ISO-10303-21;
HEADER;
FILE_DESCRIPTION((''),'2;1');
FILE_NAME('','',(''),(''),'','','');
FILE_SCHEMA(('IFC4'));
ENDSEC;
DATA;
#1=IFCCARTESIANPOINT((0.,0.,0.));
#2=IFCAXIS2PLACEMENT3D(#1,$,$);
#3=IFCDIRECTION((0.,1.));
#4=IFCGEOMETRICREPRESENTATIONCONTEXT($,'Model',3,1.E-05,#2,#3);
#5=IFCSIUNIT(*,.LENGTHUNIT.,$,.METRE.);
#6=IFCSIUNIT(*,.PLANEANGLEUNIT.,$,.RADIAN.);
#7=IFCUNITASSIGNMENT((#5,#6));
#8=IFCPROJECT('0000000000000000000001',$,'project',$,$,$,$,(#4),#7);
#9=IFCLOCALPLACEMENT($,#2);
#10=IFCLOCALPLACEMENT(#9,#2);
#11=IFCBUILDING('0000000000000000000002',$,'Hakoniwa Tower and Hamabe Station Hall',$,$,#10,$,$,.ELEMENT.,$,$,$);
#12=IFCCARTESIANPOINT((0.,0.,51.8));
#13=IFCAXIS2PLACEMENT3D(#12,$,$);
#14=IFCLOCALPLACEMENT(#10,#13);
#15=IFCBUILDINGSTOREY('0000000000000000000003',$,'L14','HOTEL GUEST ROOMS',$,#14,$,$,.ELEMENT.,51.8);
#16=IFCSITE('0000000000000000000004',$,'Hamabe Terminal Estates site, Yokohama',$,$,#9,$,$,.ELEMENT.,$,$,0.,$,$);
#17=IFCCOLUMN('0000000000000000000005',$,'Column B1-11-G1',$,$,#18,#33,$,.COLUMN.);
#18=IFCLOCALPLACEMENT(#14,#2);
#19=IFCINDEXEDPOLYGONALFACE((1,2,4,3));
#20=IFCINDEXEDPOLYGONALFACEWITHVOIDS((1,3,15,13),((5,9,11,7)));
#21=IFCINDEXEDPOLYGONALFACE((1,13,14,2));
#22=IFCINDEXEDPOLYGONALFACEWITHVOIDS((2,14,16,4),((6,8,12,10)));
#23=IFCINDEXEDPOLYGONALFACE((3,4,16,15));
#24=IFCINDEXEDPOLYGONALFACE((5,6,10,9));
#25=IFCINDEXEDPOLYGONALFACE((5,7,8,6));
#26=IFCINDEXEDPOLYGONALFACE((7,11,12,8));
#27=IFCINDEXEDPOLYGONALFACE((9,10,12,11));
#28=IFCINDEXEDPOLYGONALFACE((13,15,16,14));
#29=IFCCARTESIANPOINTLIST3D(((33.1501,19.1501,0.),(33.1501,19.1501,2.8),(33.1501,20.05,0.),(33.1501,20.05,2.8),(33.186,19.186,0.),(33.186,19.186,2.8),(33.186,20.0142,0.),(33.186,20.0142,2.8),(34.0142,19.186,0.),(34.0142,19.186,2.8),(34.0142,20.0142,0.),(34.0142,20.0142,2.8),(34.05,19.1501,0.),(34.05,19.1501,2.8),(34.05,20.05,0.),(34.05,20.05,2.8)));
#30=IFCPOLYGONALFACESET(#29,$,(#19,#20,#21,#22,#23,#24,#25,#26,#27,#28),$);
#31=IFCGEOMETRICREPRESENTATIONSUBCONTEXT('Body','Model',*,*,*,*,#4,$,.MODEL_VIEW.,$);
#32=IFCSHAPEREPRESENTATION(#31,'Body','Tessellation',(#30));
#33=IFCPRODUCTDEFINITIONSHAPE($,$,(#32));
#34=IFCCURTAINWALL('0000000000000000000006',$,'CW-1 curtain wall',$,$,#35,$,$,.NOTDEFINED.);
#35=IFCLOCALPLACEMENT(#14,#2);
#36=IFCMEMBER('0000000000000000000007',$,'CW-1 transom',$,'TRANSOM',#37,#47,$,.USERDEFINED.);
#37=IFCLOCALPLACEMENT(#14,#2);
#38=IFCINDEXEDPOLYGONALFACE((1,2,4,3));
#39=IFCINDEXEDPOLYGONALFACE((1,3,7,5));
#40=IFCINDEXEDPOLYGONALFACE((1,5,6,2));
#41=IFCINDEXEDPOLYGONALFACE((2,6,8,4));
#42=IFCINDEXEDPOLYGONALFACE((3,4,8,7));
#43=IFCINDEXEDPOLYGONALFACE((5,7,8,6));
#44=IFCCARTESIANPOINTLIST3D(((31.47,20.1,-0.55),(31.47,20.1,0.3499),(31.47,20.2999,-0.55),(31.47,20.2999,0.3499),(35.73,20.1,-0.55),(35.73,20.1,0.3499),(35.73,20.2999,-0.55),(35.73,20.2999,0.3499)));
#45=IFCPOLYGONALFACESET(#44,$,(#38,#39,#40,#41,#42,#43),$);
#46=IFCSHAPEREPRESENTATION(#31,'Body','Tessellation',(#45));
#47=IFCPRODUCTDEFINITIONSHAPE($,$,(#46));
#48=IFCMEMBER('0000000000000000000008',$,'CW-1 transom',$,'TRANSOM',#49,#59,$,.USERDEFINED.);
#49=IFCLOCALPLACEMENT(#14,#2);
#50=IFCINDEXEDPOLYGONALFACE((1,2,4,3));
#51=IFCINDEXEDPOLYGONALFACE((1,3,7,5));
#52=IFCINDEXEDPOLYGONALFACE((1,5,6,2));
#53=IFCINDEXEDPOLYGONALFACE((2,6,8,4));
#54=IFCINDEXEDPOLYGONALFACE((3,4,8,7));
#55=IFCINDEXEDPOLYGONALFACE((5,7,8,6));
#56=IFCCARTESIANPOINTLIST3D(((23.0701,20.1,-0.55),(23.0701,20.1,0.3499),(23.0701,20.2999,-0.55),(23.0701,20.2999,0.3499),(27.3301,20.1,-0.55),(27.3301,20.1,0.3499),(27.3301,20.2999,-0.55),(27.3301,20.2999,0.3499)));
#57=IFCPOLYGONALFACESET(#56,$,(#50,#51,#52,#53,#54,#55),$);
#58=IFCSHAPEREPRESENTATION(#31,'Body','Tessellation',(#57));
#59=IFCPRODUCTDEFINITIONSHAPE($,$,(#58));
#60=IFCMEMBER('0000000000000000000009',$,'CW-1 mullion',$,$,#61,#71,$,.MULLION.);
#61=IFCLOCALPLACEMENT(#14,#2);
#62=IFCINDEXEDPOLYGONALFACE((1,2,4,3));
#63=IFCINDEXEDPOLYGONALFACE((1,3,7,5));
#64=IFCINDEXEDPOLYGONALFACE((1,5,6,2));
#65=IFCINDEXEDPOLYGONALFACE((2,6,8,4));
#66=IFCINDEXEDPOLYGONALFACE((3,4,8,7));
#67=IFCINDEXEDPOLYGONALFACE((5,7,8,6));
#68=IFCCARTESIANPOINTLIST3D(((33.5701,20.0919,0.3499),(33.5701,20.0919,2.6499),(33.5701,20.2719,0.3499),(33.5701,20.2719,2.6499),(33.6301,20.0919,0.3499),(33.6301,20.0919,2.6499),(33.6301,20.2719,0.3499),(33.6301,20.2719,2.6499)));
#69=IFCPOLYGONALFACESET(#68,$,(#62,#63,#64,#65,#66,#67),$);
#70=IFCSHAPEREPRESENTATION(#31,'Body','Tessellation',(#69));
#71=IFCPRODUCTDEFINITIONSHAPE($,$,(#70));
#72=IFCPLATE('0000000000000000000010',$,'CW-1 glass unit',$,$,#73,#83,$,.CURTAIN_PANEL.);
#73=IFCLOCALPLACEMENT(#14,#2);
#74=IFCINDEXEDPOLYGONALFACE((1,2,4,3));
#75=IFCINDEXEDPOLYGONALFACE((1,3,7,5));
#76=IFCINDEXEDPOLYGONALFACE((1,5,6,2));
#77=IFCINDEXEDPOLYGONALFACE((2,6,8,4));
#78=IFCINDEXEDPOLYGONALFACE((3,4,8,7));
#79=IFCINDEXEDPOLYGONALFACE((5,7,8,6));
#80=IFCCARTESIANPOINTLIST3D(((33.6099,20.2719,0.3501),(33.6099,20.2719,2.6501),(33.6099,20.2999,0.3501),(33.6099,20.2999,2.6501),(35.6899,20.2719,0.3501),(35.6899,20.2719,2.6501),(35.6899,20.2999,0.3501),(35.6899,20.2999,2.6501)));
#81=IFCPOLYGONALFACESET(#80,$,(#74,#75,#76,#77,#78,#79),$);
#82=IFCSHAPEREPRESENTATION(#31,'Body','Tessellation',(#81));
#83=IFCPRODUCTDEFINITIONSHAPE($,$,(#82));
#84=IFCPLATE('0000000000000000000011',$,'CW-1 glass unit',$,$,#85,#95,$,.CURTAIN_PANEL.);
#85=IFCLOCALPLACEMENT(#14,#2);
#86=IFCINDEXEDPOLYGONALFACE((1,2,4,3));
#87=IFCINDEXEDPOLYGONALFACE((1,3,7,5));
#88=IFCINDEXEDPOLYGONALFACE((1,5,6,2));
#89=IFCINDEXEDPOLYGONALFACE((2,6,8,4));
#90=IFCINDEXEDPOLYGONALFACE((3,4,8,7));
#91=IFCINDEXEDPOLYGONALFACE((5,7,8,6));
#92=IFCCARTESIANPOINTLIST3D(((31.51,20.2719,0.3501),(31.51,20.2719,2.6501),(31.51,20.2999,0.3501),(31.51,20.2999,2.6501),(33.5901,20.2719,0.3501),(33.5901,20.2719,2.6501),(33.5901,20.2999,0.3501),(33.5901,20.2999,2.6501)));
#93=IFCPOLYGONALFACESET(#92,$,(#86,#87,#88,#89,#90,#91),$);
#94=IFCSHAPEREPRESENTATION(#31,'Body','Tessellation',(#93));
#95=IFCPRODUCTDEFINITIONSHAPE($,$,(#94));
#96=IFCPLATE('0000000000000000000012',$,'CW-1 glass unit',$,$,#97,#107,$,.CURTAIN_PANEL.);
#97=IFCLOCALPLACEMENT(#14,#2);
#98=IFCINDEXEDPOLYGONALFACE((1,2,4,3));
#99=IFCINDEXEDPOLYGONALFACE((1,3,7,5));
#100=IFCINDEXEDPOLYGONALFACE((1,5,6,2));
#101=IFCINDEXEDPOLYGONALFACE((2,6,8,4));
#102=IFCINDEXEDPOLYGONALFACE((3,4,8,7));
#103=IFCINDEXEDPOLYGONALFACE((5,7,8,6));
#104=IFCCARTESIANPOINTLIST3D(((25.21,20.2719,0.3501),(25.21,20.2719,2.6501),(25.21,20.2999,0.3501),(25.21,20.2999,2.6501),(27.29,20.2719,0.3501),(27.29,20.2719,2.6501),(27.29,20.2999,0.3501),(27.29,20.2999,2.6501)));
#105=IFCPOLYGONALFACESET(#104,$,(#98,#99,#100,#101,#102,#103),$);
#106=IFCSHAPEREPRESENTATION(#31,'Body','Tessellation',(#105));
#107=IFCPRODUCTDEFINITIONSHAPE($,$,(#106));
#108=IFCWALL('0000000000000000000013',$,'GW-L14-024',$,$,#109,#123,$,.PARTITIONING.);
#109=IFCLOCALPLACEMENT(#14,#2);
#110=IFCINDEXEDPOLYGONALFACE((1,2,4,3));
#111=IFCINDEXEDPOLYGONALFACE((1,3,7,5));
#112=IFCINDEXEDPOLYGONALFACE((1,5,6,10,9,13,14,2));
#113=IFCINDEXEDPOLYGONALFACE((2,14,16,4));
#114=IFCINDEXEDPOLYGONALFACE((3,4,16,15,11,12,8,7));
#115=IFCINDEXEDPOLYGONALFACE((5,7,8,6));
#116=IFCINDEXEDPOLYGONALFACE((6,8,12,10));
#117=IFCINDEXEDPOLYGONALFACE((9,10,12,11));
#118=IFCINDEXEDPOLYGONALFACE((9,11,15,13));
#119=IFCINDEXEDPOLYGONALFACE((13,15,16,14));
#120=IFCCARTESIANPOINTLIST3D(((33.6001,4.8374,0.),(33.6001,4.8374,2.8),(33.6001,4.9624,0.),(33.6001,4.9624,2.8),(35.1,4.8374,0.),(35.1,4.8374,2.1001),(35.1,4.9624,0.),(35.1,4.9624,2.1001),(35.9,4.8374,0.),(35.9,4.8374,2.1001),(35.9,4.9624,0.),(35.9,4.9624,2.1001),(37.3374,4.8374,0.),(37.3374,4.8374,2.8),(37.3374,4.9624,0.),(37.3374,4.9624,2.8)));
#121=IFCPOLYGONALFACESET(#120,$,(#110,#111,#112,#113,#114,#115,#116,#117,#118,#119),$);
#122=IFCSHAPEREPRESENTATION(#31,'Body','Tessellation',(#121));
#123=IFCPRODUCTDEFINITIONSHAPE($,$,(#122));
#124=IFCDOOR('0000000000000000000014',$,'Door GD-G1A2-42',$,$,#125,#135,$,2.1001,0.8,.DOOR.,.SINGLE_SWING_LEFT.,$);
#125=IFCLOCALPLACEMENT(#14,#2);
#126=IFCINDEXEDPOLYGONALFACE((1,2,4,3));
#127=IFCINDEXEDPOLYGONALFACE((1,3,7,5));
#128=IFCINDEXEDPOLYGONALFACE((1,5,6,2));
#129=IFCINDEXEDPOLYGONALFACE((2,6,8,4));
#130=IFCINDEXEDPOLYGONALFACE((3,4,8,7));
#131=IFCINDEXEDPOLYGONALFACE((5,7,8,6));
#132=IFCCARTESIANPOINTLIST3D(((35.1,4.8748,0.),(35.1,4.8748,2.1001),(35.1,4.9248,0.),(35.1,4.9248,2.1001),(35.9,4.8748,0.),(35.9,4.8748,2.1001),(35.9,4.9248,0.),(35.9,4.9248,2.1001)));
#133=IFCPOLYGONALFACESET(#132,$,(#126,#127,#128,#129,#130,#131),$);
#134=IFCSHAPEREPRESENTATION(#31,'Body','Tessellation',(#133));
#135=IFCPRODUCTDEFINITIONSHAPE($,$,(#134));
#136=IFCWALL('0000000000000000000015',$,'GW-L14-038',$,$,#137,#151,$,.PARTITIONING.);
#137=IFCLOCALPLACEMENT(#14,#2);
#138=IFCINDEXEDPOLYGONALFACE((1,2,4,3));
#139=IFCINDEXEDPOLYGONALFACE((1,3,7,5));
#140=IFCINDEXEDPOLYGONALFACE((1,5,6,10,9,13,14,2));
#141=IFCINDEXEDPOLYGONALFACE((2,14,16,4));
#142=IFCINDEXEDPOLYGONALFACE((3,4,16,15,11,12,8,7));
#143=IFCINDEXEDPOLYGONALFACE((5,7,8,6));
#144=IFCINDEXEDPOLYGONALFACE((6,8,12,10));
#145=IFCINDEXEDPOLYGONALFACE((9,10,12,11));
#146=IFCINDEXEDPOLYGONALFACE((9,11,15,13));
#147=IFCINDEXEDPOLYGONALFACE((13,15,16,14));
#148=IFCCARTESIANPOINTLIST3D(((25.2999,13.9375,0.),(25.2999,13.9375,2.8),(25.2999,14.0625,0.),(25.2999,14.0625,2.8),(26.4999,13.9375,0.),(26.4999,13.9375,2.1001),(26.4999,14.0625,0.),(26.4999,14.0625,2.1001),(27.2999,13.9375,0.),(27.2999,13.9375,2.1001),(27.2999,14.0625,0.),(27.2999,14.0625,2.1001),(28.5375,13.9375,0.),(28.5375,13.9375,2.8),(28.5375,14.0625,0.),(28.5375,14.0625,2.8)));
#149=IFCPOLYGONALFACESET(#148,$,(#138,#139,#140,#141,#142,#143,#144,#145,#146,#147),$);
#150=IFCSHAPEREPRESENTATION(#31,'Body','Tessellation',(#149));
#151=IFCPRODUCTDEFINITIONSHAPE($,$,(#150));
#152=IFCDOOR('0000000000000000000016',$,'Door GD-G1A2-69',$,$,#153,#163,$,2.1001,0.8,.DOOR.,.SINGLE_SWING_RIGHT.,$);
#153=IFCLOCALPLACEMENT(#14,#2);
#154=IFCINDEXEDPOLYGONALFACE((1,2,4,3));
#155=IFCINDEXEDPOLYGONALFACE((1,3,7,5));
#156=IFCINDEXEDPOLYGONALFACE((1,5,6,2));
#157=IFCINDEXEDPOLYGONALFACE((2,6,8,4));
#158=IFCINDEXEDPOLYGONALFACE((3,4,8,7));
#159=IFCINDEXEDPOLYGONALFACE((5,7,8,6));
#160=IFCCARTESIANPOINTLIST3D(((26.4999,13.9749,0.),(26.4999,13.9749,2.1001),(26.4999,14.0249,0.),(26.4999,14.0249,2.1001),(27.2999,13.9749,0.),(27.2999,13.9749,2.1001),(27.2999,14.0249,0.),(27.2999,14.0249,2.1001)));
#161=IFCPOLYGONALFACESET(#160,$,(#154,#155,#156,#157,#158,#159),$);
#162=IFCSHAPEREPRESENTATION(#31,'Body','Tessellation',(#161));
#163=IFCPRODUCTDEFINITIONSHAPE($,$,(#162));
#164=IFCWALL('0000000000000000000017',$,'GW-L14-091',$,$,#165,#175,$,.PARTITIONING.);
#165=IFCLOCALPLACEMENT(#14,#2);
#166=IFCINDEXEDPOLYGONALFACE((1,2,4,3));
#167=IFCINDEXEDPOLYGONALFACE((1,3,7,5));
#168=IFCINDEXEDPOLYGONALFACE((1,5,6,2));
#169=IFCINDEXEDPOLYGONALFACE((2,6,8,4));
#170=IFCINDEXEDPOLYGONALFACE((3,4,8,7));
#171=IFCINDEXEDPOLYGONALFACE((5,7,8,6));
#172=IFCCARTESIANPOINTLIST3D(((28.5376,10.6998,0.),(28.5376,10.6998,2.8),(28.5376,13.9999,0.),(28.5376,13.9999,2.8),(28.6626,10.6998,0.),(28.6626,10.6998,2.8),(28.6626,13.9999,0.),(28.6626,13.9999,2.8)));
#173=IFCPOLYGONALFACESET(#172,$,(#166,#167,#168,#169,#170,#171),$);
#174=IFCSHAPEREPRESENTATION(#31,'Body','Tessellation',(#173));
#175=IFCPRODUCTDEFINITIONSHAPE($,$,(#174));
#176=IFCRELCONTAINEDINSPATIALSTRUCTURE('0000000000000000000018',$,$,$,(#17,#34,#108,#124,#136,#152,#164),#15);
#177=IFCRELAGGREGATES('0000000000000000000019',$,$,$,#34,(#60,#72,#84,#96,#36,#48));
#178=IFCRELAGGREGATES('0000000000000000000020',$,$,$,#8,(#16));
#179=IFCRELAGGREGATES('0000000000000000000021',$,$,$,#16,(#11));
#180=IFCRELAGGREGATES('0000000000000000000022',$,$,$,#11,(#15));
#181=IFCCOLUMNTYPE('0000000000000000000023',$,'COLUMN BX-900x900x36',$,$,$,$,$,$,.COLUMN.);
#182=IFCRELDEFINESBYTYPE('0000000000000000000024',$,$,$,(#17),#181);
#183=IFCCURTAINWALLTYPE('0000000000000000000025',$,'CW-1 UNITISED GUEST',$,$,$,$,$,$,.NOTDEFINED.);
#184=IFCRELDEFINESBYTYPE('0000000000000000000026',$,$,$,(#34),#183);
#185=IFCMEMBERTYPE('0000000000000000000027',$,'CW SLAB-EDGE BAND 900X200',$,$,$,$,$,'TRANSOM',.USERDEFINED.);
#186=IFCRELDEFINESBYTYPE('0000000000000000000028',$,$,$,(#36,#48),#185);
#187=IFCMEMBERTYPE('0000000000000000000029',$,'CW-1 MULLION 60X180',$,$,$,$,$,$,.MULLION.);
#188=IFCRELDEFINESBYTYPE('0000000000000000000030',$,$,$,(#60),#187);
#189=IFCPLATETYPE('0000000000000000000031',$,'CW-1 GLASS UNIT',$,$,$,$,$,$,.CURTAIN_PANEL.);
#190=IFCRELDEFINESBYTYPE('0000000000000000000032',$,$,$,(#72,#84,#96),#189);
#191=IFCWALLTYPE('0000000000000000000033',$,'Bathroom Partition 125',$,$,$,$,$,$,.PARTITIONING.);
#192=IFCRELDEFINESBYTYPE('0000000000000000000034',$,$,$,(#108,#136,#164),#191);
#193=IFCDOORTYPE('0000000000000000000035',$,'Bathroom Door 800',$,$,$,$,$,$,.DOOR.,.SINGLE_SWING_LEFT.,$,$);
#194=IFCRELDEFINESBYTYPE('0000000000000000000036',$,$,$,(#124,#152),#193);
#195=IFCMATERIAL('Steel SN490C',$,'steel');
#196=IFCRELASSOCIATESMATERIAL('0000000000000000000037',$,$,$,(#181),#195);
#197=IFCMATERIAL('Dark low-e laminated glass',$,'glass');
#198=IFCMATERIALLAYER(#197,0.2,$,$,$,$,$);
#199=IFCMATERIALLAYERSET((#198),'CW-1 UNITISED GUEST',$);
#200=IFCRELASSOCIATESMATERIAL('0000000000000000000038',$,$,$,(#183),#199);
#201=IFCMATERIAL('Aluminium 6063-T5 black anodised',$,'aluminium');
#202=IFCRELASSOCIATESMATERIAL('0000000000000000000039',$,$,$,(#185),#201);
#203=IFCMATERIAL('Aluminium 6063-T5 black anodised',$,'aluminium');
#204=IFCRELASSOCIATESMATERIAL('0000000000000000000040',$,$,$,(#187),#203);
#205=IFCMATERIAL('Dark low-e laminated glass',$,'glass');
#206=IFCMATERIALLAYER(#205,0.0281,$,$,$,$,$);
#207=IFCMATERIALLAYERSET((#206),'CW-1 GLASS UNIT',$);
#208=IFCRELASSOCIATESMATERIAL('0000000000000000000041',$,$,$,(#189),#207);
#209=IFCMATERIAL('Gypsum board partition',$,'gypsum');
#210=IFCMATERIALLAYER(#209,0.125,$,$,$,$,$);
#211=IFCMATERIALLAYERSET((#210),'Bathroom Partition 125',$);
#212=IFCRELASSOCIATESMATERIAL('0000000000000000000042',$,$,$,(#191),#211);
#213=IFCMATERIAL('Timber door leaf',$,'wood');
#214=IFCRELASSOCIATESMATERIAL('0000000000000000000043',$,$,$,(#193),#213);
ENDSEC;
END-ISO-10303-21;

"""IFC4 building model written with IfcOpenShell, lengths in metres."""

from ifc_helpers import new_model, si_unit, direction, frame, frame_2d, origin, origin_2d, place, context, subcontext, project, spatial, rectangle, hollow_rectangle, extrude, material, layer, layer_set, material_profile, profile_set, type_object, element, fill, aggregate, save


model = new_model("IFC4")

# Units and contexts
model_context = context("Model", 3, precision=1e-05, world=origin(), true_north=direction((0.0, 1.0)))
body_context = subcontext(model_context, "Body", "Model", "MODEL_VIEW")
ifc_project = project(units=[si_unit("LENGTHUNIT", "METRE"), si_unit("PLANEANGLEUNIT", "RADIAN")], contexts=[model_context])

# Site, building, storey
site_placement = place(None, origin())
site = spatial("IfcSite", under=ifc_project, at=site_placement, Name="Hamabe Terminal Estates site, Yokohama", CompositionType="ELEMENT", RefElevation=0.0)
building_placement = place(site_placement, origin())
building = spatial("IfcBuilding", under=site, at=building_placement, Name="Hakoniwa Tower and Hamabe Station Hall", CompositionType="ELEMENT")
storey_placement = place(building_placement, frame((0.0, 0.0, 51.8)))
storey = spatial("IfcBuildingStorey", under=building, at=storey_placement, Name="L14", Description="HOTEL GUEST ROOMS", CompositionType="ELEMENT", Elevation=51.8)

# Column
ifc_material_1 = material(Name="Steel SN490C", Category="steel")
ifc_material_profile_1 = material_profile(ifc_material_1, hollow_rectangle(XDim=0.8999, YDim=0.8999, WallThickness=0.0359, at=origin_2d()), Name="BX-900x900x36")
ifc_profile_set_1 = profile_set([ifc_material_profile_1], Name="Steel SN490C")
column_type = type_object("IfcColumnType", Name="COLUMN BX-900x900x36", PredefinedType="COLUMN", material=ifc_profile_set_1)
column_placement = place(storey_placement, frame((33.6001, 19.6001, 0.0), z_axis=(0.0, 0.0, 1.0), x_axis=(1.0, 0.0, 0.0)))
element("IfcColumn", 1, at=column_placement, inside=storey, type_object=column_type, Name="Column B1-11-G1", PredefinedType="COLUMN", context=body_context, shape_type="SweptSolid", body=[
    extrude(hollow_rectangle(XDim=0.8999, YDim=0.8999, WallThickness=0.0359, at=origin_2d()), origin(), (0.0, 0.0, 1.0), 2.8),
])

# Curtain wall, members, plates
ifc_material_2 = material(Name="Dark low-e laminated glass", Category="glass")
ifc_layer_1 = layer(ifc_material_2, 0.2)
ifc_layer_set_1 = layer_set([ifc_layer_1], Name="CW-1 UNITISED GUEST")
curtain_wall_type = type_object("IfcCurtainWallType", Name="CW-1 UNITISED GUEST", PredefinedType="NOTDEFINED", material=ifc_layer_set_1)
curtain_wall_placement = place(storey_placement, origin())
curtain_wall = element("IfcCurtainWall", 2, at=curtain_wall_placement, inside=storey, type_object=curtain_wall_type, Name="CW-1 curtain wall", PredefinedType="NOTDEFINED")
ifc_material_3 = material(Name="Aluminium 6063-T5 black anodised", Category="aluminium")
ifc_material_profile_2 = material_profile(ifc_material_3, rectangle(XDim=0.2, YDim=0.8999, at=origin_2d()), Name="CW SLAB-EDGE BAND 900X200")
ifc_profile_set_2 = profile_set([ifc_material_profile_2], Name="Aluminium 6063-T5 black anodised")
member_type_1 = type_object("IfcMemberType", Name="CW SLAB-EDGE BAND 900X200", ElementType="TRANSOM", PredefinedType="USERDEFINED", material=ifc_profile_set_2)
member_1_placement = place(storey_placement, frame((35.73, 20.2, -0.1001), z_axis=(-1.0, 0.0, 0.0), x_axis=(0.0, -1.0, 0.0)))
member_1 = element("IfcMember", 3, at=member_1_placement, type_object=member_type_1, Name="CW-1 transom", ObjectType="TRANSOM", PredefinedType="USERDEFINED", context=body_context, shape_type="SweptSolid", body=[
    extrude(rectangle(XDim=0.2, YDim=0.8999, at=origin_2d()), origin(), (0.0, 0.0, 1.0), 4.26),
])
member_2_placement = place(storey_placement, frame((27.3301, 20.2, -0.1001), z_axis=(-1.0, 0.0, 0.0), x_axis=(0.0, -1.0, 0.0)))
member_2 = element("IfcMember", 4, at=member_2_placement, type_object=member_type_1, Name="CW-1 transom", ObjectType="TRANSOM", PredefinedType="USERDEFINED", context=body_context, shape_type="SweptSolid", body=[
    extrude(rectangle(XDim=0.2, YDim=0.8999, at=origin_2d()), origin(), (0.0, 0.0, 1.0), 4.26),
])
ifc_material_4 = material(Name="Aluminium 6063-T5 black anodised", Category="aluminium")
ifc_material_profile_3 = material_profile(ifc_material_4, rectangle(XDim=0.0601, YDim=0.1799, at=origin_2d()), Name="CW-1 MULLION 60X180")
ifc_profile_set_3 = profile_set([ifc_material_profile_3], Name="Aluminium 6063-T5 black anodised")
member_type_2 = type_object("IfcMemberType", Name="CW-1 MULLION 60X180", PredefinedType="MULLION", material=ifc_profile_set_3)
member_3_placement = place(storey_placement, frame((33.6001, 20.1819, 0.3499), z_axis=(0.0, 0.0, 1.0), x_axis=(-1.0, 0.0, 0.0)))
member_3 = element("IfcMember", 5, at=member_3_placement, type_object=member_type_2, Name="CW-1 mullion", PredefinedType="MULLION", context=body_context, shape_type="SweptSolid", body=[
    extrude(rectangle(XDim=0.0601, YDim=0.1799, at=origin_2d()), origin(), (0.0, 0.0, 1.0), 2.3),
])
ifc_material_5 = material(Name="Dark low-e laminated glass", Category="glass")
ifc_layer_2 = layer(ifc_material_5, 0.0281)
ifc_layer_set_2 = layer_set([ifc_layer_2], Name="CW-1 GLASS UNIT")
plate_type = type_object("IfcPlateType", Name="CW-1 GLASS UNIT", PredefinedType="CURTAIN_PANEL", material=ifc_layer_set_2)
plate_1_placement = place(storey_placement, frame((34.6499, 20.2859, 0.3501), z_axis=(0.0, 0.0, 1.0), x_axis=(-1.0, 0.0, 0.0)))
plate_1 = element("IfcPlate", 6, at=plate_1_placement, type_object=plate_type, Name="CW-1 glass unit", PredefinedType="CURTAIN_PANEL", context=body_context, shape_type="SweptSolid", body=[
    extrude(rectangle(XDim=2.0801, YDim=0.0281, at=origin_2d()), origin(), (0.0, 0.0, 1.0), 2.3),
])
plate_2_placement = place(storey_placement, frame((32.55, 20.2859, 0.3501), z_axis=(0.0, 0.0, 1.0), x_axis=(-1.0, 0.0, 0.0)))
plate_2 = element("IfcPlate", 7, at=plate_2_placement, type_object=plate_type, Name="CW-1 glass unit", PredefinedType="CURTAIN_PANEL", context=body_context, shape_type="SweptSolid", body=[
    extrude(rectangle(XDim=2.0801, YDim=0.0281, at=origin_2d()), origin(), (0.0, 0.0, 1.0), 2.3),
])
plate_3_placement = place(storey_placement, frame((26.25, 20.2859, 0.3501), z_axis=(0.0, 0.0, 1.0), x_axis=(-1.0, 0.0, 0.0)))
plate_3 = element("IfcPlate", 8, at=plate_3_placement, type_object=plate_type, Name="CW-1 glass unit", PredefinedType="CURTAIN_PANEL", context=body_context, shape_type="SweptSolid", body=[
    extrude(rectangle(XDim=2.0801, YDim=0.0281, at=origin_2d()), origin(), (0.0, 0.0, 1.0), 2.3),
])

# Walls, openings, doors
ifc_material_6 = material(Name="Gypsum board partition", Category="gypsum")
ifc_layer_3 = layer(ifc_material_6, 0.125)
ifc_layer_set_3 = layer_set([ifc_layer_3], Name="Bathroom Partition 125")
wall_type_1 = type_object("IfcWallType", Name="Bathroom Partition 125", PredefinedType="PARTITIONING", material=ifc_layer_set_3)
wall_1_placement = place(storey_placement, frame((33.6001, 4.8999, 0.0), z_axis=(0.0, 0.0, 1.0), x_axis=(1.0, 0.0, 0.0)))
wall_1 = element("IfcWall", 9, at=wall_1_placement, inside=storey, type_object=wall_type_1, Name="GW-L14-024", PredefinedType="PARTITIONING", context=body_context, shape_type="SweptSolid", body=[
    extrude(rectangle(XDim=3.7373, YDim=0.125, at=frame_2d((1.8687, 0.0))), origin(), (0.0, 0.0, 1.0), 2.8),
])
opening_1_placement = place(wall_1_placement, frame((1.5, 0.0, 0.0)))
opening_1 = element("IfcOpeningElement", 10, at=opening_1_placement, cuts=wall_1, PredefinedType="OPENING", context=body_context, shape_type="SweptSolid", body=[
    extrude(rectangle(XDim=0.8, YDim=2.1001, at=frame_2d((0.3999, 1.05))), frame((0.0, 0.0725, 0.0), z_axis=(0.0, -1.0, 0.0), x_axis=(1.0, 0.0, 0.0)), (0.0, 0.0, 1.0), 0.145),
])
ifc_material_7 = material(Name="Timber door leaf", Category="wood")
door_type_1 = type_object("IfcDoorType", Name="Bathroom Door 800", OperationType="SINGLE_SWING_LEFT", PredefinedType="DOOR", material=ifc_material_7)
door_1_placement = place(opening_1_placement, origin())
door_1 = element("IfcDoor", 11, at=door_1_placement, inside=storey, type_object=door_type_1, Name="Door GD-G1A2-42", OperationType="SINGLE_SWING_LEFT", OverallHeight=2.1001, OverallWidth=0.8, PredefinedType="DOOR", context=body_context, shape_type="SweptSolid", body=[
    extrude(rectangle(XDim=0.8, YDim=2.1001, at=frame_2d((0.3999, 1.05))), frame((0.0, 0.0249, 0.0), z_axis=(0.0, -1.0, 0.0), x_axis=(1.0, 0.0, 0.0)), (0.0, 0.0, 1.0), 0.05),
])
fill(opening_1, door_1)
wall_2_placement = place(storey_placement, frame((25.3, 14.0, 0.0), z_axis=(0.0, 0.0, 1.0), x_axis=(1.0, 0.0, 0.0)))
wall_2 = element("IfcWall", 12, at=wall_2_placement, inside=storey, type_object=wall_type_1, Name="GW-L14-038", PredefinedType="PARTITIONING", context=body_context, shape_type="SweptSolid", body=[
    extrude(rectangle(XDim=3.2375, YDim=0.125, at=frame_2d((1.6187, 0.0))), origin(), (0.0, 0.0, 1.0), 2.8),
])
opening_2_placement = place(wall_2_placement, frame((1.2, 0.0, 0.0)))
opening_2 = element("IfcOpeningElement", 13, at=opening_2_placement, cuts=wall_2, PredefinedType="OPENING", context=body_context, shape_type="SweptSolid", body=[
    extrude(rectangle(XDim=0.8, YDim=2.1001, at=frame_2d((0.3999, 1.05))), frame((0.0, 0.0725, 0.0), z_axis=(0.0, -1.0, 0.0), x_axis=(1.0, 0.0, 0.0)), (0.0, 0.0, 1.0), 0.145),
])
door_2_placement = place(opening_2_placement, origin())
door_2 = element("IfcDoor", 14, at=door_2_placement, inside=storey, type_object=door_type_1, Name="Door GD-G1A2-69", OperationType="SINGLE_SWING_RIGHT", OverallHeight=2.1001, OverallWidth=0.8, PredefinedType="DOOR", context=body_context, shape_type="SweptSolid", body=[
    extrude(rectangle(XDim=0.8, YDim=2.1001, at=frame_2d((0.3999, 1.05))), frame((0.0, 0.0249, 0.0), z_axis=(0.0, -1.0, 0.0), x_axis=(1.0, 0.0, 0.0)), (0.0, 0.0, 1.0), 0.05),
])
fill(opening_2, door_2)

# Wall
wall_3_placement = place(storey_placement, frame((28.6001, 10.7, 0.0), z_axis=(0.0, 0.0, 1.0), x_axis=(0.0, 1.0, 0.0)))
element("IfcWall", 15, at=wall_3_placement, inside=storey, type_object=wall_type_1, Name="GW-L14-091", PredefinedType="PARTITIONING", context=body_context, shape_type="SweptSolid", body=[
    extrude(rectangle(XDim=3.3, YDim=0.125, at=frame_2d((1.6499, 0.0))), origin(), (0.0, 0.0, 1.0), 2.8),
])

aggregate(curtain_wall, [member_3, plate_1, plate_2, plate_3, member_1, member_2])

save(model, "model.ifc")
